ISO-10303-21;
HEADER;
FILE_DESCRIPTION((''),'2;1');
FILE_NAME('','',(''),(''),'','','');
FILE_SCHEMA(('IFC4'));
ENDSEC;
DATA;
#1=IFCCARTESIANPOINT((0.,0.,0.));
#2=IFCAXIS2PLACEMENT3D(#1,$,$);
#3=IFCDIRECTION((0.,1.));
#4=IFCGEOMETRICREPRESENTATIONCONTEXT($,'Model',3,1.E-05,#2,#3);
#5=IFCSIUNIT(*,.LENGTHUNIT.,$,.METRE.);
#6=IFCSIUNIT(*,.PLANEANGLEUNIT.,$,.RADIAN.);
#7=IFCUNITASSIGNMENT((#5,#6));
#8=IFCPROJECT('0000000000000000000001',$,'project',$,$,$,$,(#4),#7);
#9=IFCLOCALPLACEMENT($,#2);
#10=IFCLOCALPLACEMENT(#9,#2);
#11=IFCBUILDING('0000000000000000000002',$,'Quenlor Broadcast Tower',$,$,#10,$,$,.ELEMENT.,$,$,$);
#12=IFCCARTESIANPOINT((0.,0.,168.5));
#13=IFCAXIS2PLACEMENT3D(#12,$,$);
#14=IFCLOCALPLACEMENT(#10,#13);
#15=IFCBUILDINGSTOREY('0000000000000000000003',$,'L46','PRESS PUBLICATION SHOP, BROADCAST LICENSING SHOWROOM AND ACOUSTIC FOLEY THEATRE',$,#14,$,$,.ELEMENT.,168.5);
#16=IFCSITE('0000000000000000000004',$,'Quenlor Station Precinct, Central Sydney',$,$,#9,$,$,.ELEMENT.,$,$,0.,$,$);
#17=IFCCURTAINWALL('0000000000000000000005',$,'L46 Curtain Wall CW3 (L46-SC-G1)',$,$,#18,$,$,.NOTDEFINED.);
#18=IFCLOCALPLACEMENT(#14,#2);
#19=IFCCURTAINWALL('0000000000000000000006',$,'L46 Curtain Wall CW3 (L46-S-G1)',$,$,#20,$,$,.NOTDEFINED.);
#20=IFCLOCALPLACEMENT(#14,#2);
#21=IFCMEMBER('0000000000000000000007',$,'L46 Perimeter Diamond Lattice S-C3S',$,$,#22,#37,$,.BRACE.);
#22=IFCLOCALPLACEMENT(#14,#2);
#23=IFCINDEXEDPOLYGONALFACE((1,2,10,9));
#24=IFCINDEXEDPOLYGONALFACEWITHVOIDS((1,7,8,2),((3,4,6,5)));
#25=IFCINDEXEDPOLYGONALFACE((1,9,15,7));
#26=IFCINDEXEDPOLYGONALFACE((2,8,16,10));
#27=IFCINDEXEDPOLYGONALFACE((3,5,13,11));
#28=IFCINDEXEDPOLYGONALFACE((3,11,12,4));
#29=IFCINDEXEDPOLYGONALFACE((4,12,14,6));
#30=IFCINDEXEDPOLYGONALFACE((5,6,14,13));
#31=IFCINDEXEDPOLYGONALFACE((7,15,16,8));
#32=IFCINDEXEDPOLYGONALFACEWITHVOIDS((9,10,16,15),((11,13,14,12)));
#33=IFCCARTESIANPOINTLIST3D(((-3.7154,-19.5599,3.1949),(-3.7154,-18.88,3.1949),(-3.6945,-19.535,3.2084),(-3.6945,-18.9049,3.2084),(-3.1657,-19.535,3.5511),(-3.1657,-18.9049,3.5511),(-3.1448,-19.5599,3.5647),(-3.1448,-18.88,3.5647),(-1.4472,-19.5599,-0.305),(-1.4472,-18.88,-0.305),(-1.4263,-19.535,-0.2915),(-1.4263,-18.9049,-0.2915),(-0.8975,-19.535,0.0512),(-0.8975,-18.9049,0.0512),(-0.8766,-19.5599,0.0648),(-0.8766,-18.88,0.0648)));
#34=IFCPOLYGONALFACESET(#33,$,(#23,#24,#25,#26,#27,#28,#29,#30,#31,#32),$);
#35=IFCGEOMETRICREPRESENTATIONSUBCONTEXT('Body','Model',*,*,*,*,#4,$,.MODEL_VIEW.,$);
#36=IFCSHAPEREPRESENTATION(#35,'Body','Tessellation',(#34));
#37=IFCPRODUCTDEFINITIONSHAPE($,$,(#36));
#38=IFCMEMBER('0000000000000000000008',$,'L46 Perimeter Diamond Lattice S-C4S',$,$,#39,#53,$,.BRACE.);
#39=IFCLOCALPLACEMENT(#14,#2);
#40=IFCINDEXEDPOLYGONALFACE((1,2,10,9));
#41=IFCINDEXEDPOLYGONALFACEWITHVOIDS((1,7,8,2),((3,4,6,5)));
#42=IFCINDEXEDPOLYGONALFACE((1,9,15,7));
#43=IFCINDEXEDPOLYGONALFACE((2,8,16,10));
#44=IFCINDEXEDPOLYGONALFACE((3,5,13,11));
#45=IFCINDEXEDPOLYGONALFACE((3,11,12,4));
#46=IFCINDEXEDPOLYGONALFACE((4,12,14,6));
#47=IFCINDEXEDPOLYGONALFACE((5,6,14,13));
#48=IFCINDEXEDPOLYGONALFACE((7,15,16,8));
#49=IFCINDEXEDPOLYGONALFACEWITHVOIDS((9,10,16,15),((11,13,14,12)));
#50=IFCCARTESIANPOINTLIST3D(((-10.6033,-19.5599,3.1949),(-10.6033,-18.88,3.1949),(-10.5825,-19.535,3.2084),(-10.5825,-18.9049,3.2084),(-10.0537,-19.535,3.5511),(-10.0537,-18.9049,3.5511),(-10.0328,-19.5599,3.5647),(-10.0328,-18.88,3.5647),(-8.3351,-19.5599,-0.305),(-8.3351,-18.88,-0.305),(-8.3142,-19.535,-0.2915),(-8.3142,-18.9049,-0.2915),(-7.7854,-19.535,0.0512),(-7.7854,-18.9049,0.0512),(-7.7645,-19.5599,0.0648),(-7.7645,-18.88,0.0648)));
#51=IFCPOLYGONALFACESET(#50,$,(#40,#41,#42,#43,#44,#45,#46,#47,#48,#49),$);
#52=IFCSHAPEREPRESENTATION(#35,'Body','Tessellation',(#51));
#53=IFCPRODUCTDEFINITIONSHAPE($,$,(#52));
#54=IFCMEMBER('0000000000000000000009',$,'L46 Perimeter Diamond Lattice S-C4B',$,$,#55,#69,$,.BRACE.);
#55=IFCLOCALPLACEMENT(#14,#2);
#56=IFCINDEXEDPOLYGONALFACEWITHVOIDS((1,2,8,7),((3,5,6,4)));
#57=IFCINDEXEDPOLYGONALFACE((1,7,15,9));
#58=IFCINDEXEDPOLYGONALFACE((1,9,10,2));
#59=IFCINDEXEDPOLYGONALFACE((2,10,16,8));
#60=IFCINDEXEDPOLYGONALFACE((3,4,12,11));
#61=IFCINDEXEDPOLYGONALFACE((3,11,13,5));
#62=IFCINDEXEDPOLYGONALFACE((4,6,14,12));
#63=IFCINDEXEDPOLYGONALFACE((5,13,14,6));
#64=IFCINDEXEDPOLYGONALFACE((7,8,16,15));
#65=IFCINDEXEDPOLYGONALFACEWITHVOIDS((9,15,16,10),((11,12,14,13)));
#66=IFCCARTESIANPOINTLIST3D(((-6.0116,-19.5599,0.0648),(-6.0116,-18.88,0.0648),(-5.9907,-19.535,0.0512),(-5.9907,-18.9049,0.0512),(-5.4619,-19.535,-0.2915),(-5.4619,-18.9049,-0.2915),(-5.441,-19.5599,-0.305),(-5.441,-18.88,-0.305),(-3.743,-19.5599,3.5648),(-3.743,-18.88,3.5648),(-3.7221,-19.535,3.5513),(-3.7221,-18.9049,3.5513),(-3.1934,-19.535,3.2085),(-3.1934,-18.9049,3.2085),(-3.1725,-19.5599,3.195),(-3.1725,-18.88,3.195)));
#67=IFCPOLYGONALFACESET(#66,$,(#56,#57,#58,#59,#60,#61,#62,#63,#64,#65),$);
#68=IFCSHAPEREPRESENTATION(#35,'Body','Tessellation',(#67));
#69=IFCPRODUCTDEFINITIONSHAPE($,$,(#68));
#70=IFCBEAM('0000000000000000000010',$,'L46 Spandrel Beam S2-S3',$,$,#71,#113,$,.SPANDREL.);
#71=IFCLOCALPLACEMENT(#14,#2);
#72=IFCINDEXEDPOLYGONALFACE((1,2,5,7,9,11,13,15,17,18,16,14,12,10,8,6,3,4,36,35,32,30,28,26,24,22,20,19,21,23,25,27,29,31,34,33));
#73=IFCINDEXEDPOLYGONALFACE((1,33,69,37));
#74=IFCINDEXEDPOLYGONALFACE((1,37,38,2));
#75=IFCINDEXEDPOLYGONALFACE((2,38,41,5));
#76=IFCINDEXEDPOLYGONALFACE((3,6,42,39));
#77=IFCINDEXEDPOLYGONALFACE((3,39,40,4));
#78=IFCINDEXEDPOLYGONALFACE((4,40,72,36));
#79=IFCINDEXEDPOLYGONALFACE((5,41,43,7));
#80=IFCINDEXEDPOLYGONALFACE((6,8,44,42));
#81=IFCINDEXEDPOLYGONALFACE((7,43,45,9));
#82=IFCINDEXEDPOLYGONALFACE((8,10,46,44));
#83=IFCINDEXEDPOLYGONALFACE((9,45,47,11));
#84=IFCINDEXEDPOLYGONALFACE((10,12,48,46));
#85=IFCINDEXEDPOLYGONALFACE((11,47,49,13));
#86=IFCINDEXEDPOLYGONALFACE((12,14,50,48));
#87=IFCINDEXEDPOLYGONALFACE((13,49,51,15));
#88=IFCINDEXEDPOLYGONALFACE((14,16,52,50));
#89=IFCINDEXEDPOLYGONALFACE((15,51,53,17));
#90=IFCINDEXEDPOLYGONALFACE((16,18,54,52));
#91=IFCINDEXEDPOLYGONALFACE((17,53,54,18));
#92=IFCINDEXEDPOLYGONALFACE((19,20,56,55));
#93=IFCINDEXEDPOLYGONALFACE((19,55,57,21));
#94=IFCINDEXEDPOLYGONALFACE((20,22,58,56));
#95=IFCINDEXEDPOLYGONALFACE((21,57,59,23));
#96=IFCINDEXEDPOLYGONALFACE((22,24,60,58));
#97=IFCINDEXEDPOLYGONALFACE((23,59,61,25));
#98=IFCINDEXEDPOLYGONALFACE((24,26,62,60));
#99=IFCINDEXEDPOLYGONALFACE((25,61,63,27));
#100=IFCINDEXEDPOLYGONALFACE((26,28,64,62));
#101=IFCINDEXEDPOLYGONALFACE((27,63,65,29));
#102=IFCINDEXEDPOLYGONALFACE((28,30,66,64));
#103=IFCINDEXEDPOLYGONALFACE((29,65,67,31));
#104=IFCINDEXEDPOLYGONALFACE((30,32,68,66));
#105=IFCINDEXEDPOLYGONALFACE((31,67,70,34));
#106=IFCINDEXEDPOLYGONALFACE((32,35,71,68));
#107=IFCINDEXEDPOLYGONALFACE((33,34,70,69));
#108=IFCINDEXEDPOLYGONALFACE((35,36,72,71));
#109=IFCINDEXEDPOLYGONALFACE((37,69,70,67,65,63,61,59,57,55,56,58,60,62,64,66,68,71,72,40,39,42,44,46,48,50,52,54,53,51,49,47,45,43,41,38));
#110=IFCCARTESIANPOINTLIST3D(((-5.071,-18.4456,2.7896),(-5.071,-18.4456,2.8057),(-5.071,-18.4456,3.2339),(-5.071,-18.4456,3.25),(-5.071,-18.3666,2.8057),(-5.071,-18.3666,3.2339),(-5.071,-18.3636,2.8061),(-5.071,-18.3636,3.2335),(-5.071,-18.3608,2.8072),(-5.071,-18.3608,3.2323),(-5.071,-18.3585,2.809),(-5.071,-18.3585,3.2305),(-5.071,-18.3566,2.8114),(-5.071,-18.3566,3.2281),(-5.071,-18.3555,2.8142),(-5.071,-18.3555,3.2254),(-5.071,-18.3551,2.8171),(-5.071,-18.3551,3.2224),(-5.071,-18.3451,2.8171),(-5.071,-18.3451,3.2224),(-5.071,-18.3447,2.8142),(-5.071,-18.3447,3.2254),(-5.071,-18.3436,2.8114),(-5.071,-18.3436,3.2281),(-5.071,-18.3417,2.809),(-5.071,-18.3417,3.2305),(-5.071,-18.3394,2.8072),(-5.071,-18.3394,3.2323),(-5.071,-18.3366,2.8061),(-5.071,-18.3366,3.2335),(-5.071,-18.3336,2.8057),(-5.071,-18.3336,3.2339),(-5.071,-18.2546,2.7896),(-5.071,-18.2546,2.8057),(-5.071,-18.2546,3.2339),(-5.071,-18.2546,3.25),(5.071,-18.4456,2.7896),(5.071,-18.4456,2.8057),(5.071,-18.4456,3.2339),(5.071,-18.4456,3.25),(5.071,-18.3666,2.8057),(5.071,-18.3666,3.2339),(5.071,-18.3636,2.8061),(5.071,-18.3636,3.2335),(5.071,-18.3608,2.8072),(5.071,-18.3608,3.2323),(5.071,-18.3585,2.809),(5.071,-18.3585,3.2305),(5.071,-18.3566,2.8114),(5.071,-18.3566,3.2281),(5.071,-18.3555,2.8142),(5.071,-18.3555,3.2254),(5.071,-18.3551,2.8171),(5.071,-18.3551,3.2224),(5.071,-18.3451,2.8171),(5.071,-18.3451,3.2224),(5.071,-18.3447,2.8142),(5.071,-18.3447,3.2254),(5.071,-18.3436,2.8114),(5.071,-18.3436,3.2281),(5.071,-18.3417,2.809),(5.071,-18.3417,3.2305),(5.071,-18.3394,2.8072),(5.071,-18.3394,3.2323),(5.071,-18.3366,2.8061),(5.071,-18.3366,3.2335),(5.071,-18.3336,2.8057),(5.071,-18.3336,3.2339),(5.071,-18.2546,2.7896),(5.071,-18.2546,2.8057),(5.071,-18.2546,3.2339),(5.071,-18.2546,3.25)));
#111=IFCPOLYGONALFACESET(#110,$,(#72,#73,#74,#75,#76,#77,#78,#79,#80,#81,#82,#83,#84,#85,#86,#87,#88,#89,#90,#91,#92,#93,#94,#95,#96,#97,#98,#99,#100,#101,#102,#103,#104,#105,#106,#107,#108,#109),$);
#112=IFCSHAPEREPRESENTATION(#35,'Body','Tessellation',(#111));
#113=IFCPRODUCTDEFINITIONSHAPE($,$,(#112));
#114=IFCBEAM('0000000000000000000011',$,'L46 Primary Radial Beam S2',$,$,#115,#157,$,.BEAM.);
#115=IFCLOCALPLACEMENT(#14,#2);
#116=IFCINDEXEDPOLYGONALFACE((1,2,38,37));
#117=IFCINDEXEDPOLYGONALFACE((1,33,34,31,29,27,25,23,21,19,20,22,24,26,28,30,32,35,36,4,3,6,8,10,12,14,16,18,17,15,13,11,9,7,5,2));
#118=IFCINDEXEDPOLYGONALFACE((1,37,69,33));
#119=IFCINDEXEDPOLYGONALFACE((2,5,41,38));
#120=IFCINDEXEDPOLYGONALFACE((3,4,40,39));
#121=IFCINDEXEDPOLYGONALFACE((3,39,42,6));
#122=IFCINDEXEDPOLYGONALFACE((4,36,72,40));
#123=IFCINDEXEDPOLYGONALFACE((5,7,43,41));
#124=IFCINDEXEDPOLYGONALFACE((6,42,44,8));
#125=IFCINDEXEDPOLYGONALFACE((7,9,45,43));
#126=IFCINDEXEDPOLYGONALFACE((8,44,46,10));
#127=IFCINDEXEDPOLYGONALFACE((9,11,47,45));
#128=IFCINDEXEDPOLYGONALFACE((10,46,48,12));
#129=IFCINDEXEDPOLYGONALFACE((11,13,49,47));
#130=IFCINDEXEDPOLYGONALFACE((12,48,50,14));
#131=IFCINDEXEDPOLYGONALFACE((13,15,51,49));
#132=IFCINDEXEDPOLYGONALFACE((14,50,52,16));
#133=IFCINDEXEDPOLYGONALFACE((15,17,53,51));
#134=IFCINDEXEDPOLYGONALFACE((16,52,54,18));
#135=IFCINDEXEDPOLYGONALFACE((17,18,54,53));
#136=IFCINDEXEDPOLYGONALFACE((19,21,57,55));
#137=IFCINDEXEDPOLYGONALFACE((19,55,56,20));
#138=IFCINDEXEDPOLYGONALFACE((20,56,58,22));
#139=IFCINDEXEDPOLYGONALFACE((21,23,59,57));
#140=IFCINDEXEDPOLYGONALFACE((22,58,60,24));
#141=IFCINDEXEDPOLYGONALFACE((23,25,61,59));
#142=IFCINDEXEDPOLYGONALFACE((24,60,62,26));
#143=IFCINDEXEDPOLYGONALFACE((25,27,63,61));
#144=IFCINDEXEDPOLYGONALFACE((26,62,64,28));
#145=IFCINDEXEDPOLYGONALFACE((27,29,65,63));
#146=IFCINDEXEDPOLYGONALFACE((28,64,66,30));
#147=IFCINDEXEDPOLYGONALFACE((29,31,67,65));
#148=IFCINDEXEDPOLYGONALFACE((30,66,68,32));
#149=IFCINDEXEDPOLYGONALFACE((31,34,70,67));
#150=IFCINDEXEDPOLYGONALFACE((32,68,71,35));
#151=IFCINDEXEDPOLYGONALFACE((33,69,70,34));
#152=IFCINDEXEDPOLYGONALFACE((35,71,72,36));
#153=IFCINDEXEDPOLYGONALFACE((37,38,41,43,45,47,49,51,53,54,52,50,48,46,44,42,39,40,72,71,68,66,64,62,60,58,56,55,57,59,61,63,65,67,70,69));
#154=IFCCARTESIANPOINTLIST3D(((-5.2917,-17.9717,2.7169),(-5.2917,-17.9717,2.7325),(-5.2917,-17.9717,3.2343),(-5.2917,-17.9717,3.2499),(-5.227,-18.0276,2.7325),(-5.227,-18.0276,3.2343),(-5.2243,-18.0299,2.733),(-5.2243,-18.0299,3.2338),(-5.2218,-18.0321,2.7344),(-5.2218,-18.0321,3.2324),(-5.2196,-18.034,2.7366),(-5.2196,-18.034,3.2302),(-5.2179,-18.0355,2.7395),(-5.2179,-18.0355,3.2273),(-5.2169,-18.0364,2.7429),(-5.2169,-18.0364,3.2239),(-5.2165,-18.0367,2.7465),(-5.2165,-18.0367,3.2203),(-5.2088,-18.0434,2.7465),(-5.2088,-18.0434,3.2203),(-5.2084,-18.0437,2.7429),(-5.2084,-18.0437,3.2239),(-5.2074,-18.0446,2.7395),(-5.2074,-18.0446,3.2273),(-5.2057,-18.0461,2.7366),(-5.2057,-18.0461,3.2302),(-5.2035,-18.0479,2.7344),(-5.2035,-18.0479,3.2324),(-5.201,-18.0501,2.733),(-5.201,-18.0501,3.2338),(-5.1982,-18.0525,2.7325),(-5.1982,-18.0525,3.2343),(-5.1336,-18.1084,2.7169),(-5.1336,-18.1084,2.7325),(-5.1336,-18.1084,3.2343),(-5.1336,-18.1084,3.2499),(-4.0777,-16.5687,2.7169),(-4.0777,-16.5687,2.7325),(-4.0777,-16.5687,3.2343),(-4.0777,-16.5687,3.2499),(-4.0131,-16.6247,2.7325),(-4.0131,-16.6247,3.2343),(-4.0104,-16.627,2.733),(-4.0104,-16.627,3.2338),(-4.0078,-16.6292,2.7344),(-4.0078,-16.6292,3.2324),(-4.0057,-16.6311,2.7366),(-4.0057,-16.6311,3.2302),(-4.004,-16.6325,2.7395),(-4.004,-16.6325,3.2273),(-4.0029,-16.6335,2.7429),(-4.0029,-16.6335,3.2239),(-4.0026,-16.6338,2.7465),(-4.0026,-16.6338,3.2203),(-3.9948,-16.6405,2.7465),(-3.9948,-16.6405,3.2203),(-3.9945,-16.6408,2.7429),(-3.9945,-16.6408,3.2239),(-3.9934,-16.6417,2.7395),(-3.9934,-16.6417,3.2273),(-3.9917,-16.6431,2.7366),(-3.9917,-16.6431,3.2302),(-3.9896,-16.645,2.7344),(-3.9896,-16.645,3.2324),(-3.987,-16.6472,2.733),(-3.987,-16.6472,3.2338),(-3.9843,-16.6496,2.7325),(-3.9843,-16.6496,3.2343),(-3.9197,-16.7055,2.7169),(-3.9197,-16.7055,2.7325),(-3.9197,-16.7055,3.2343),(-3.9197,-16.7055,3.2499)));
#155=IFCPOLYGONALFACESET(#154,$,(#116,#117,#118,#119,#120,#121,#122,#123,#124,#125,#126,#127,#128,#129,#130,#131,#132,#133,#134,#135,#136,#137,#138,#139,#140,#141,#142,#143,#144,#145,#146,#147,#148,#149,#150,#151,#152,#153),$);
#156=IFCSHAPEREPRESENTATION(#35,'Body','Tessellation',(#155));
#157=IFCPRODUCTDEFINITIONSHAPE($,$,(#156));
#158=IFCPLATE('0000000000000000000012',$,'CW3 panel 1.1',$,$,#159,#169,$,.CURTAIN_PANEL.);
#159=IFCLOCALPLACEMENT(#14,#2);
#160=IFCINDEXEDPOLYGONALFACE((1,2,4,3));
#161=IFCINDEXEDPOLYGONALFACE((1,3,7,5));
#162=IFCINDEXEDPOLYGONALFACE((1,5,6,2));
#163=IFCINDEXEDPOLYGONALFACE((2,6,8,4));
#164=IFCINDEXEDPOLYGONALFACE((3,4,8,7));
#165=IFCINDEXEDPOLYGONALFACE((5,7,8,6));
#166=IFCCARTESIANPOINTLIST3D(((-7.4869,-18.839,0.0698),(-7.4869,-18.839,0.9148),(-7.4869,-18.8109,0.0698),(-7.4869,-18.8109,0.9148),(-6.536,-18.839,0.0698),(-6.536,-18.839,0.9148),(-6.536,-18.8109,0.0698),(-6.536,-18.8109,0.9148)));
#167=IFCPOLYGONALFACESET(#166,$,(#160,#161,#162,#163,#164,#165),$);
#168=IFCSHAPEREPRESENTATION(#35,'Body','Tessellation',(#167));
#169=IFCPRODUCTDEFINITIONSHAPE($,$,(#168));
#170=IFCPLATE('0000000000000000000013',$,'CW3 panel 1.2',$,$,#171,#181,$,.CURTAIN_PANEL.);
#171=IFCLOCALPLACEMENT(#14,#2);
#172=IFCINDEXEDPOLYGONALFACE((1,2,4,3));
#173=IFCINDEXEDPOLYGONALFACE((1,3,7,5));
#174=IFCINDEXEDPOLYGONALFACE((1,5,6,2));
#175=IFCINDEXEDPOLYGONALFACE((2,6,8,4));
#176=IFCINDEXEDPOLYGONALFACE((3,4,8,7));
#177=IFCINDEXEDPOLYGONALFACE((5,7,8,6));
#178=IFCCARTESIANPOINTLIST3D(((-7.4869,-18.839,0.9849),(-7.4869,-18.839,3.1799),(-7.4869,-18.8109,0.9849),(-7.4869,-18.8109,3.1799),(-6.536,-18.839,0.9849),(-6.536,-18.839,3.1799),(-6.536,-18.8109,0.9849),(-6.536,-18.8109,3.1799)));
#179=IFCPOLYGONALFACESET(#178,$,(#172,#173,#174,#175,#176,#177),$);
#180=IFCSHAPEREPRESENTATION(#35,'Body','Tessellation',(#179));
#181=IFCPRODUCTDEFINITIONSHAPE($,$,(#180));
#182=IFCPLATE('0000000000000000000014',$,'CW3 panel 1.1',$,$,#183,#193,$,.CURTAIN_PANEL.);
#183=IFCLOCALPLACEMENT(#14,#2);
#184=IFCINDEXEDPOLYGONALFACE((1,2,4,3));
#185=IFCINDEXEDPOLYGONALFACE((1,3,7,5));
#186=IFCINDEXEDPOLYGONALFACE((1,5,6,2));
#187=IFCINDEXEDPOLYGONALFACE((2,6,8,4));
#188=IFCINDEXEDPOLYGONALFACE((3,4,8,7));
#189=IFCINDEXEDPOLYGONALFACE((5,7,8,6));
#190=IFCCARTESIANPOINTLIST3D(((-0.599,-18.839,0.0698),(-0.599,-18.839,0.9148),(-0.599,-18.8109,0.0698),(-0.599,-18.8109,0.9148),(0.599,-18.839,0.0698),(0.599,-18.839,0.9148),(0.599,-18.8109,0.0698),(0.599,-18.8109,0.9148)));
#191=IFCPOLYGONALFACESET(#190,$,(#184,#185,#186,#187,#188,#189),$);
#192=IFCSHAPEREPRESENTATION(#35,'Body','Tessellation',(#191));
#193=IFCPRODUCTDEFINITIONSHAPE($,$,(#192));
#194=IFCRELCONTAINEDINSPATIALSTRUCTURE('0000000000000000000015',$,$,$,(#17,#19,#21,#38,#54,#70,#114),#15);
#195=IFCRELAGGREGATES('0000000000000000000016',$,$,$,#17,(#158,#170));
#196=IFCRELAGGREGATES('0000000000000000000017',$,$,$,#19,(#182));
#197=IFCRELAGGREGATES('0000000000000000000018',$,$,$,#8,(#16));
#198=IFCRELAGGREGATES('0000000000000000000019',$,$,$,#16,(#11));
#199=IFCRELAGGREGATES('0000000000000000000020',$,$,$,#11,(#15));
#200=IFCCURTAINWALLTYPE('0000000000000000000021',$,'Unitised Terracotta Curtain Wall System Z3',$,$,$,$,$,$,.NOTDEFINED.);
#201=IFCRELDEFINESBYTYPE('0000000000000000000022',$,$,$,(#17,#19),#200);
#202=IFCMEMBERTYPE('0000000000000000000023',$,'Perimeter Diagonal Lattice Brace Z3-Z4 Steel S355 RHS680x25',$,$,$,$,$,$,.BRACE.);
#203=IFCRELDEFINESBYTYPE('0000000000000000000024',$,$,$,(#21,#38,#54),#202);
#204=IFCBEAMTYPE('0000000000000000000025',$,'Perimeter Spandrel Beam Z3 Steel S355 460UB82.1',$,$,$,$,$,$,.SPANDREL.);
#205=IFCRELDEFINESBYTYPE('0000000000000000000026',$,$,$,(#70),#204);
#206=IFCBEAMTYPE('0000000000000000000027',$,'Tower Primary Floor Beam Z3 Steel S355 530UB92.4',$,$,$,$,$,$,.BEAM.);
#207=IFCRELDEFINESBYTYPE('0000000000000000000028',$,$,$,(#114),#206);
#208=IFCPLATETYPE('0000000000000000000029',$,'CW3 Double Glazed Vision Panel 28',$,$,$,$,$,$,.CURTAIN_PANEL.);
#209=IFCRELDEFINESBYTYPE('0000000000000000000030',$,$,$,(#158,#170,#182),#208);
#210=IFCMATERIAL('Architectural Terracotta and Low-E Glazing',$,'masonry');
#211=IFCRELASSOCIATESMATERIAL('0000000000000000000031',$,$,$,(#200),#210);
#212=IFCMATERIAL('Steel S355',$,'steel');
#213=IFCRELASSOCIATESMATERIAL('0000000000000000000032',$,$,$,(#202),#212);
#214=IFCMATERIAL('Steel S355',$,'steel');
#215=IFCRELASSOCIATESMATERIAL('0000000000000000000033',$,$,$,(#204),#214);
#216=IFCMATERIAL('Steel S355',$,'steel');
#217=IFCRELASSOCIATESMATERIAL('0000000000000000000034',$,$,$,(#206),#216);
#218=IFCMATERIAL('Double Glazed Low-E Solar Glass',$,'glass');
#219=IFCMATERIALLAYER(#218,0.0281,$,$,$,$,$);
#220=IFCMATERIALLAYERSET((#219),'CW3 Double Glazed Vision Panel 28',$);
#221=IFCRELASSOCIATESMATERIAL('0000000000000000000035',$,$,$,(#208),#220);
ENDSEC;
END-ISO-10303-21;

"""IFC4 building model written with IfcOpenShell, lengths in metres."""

from ifc_helpers import new_model, si_unit, direction, frame, origin, origin_2d, place, context, subcontext, project, spatial, rectangle, hollow_rectangle, i_section, extrude, material, layer, layer_set, material_profile, profile_set, type_object, element, aggregate, save


model = new_model("IFC4")

# Units and contexts
model_context = context("Model", 3, precision=1e-05, world=origin(), true_north=direction((0.0, 1.0)))
body_context = subcontext(model_context, "Body", "Model", "MODEL_VIEW")
ifc_project = project(units=[si_unit("LENGTHUNIT", "METRE"), si_unit("PLANEANGLEUNIT", "RADIAN")], contexts=[model_context])

# Site, building, storey
site_placement = place(None, origin())
site = spatial("IfcSite", under=ifc_project, at=site_placement, Name="Quenlor Station Precinct, Central Sydney", CompositionType="ELEMENT", RefElevation=0.0)
building_placement = place(site_placement, origin())
building = spatial("IfcBuilding", under=site, at=building_placement, Name="Quenlor Broadcast Tower", CompositionType="ELEMENT")
storey_placement = place(building_placement, frame((0.0, 0.0, 168.5)))
storey = spatial("IfcBuildingStorey", under=building, at=storey_placement, Name="L46", Description="PRESS PUBLICATION SHOP, BROADCAST LICENSING SHOWROOM AND ACOUSTIC FOLEY THEATRE", CompositionType="ELEMENT", Elevation=168.5)

# Curtain wall
ifc_material_1 = material(Name="Architectural Terracotta and Low-E Glazing", Category="masonry")
curtain_wall_type = type_object("IfcCurtainWallType", Name="Unitised Terracotta Curtain Wall System Z3", PredefinedType="NOTDEFINED", material=ifc_material_1)
curtain_wall_1_placement = place(storey_placement, origin())
curtain_wall_1 = element("IfcCurtainWall", 1, at=curtain_wall_1_placement, inside=storey, type_object=curtain_wall_type, Name="L46 Curtain Wall CW3 (L46-SC-G1)", PredefinedType="NOTDEFINED")

# Curtain wall
curtain_wall_2_placement = place(storey_placement, origin())
curtain_wall_2 = element("IfcCurtainWall", 2, at=curtain_wall_2_placement, inside=storey, type_object=curtain_wall_type, Name="L46 Curtain Wall CW3 (L46-S-G1)", PredefinedType="NOTDEFINED")

# Members
ifc_material_2 = material(Name="Steel S355", Category="steel")
ifc_material_profile_1 = material_profile(ifc_material_2, hollow_rectangle(XDim=0.6799, YDim=0.6799, WallThickness=0.0249, at=origin_2d()))
ifc_profile_set_1 = profile_set([ifc_material_profile_1], Name="Steel S355 RHS680x680x25")
member_type_1 = type_object("IfcMemberType", Name="Perimeter Diagonal Lattice Brace Z3-Z4 Steel S355 RHS680x25", PredefinedType="BRACE", material=ifc_profile_set_1)
for number, where, z_axis, x_axis, name in (
    (3, (-1.1619, -19.22, -0.1201), (-0.54386, 0.0, 0.839176), (0.0, -1.0, 0.0), "L46 Perimeter Diamond Lattice S-C3S"),
    (4, (-8.0498, -19.22, -0.1201), (-0.54386, 0.0, 0.839176), (0.0, -1.0, 0.0), "L46 Perimeter Diamond Lattice S-C4S"),
):
    element("IfcMember", number, at=place(storey_placement, frame(where, z_axis=z_axis, x_axis=x_axis)), inside=storey, type_object=member_type_1, Name=name, PredefinedType="BRACE", context=body_context, shape_type="SweptSolid", body=[
        extrude(hollow_rectangle(XDim=0.6799, YDim=0.6799, WallThickness=0.0249, at=origin_2d()), origin(), (0.0, 0.0, 1.0), 4.1707),
    ])
member_1_placement = place(storey_placement, frame((-5.7263, -19.22, -0.1201), z_axis=(0.543902, 0.0, 0.839149), x_axis=(0.0, 1.0, 0.0)))
element("IfcMember", 5, at=member_1_placement, inside=storey, type_object=member_type_1, Name="L46 Perimeter Diamond Lattice S-C4B", PredefinedType="BRACE", context=body_context, shape_type="SweptSolid", body=[
    extrude(hollow_rectangle(XDim=0.6799, YDim=0.6799, WallThickness=0.0249, at=origin_2d()), origin(), (0.0, 0.0, 1.0), 4.1709),
])

# Beams
ifc_material_3 = material(Name="Steel S355", Category="steel")
ifc_material_profile_2 = material_profile(ifc_material_3, i_section(OverallWidth=0.1909, OverallDepth=0.4604, WebThickness=0.01, FlangeThickness=0.0161, FilletRadius=0.0115, at=origin_2d()))
ifc_profile_set_2 = profile_set([ifc_material_profile_2], Name="Steel S355 460UB82.1")
beam_type_1 = type_object("IfcBeamType", Name="Perimeter Spandrel Beam Z3 Steel S355 460UB82.1", PredefinedType="SPANDREL", material=ifc_profile_set_2)
beam_1_placement = place(storey_placement, frame((-5.071, -18.3501, 3.0198), z_axis=(1.0, 0.0, 0.0), x_axis=(0.0, 1.0, 0.0)))
element("IfcBeam", 6, at=beam_1_placement, inside=storey, type_object=beam_type_1, Name="L46 Spandrel Beam S2-S3", PredefinedType="SPANDREL", context=body_context, shape_type="SweptSolid", body=[
    extrude(i_section(OverallWidth=0.1909, OverallDepth=0.4604, WebThickness=0.01, FlangeThickness=0.0161, FilletRadius=0.0115, at=origin_2d()), origin(), (0.0, 0.0, 1.0), 10.1421),
])
ifc_material_4 = material(Name="Steel S355", Category="steel")
ifc_material_profile_3 = material_profile(ifc_material_4, i_section(OverallWidth=0.209, OverallDepth=0.533, WebThickness=0.0103, FlangeThickness=0.0156, FilletRadius=0.0139, at=origin_2d()))
ifc_profile_set_3 = profile_set([ifc_material_profile_3], Name="Steel S355 530UB92.4")
beam_type_2 = type_object("IfcBeamType", Name="Tower Primary Floor Beam Z3 Steel S355 530UB92.4", PredefinedType="BEAM", material=ifc_profile_set_3)
beam_2_placement = place(storey_placement, frame((-5.2126, -18.04, 2.9834), z_axis=(0.654339, 0.756201, 0.0), x_axis=(-0.756201, 0.654339, 0.0)))
element("IfcBeam", 7, at=beam_2_placement, inside=storey, type_object=beam_type_2, Name="L46 Primary Radial Beam S2", PredefinedType="BEAM", context=body_context, shape_type="SweptSolid", body=[
    extrude(i_section(OverallWidth=0.209, OverallDepth=0.533, WebThickness=0.0103, FlangeThickness=0.0156, FilletRadius=0.0139, at=origin_2d()), origin(), (0.0, 0.0, 1.0), 1.8552),
])

# Plates
ifc_material_5 = material(Name="Double Glazed Low-E Solar Glass", Category="glass")
ifc_layer_1 = layer(ifc_material_5, 0.0281)
ifc_layer_set_1 = layer_set([ifc_layer_1], Name="CW3 Double Glazed Vision Panel 28")
plate_type_1 = type_object("IfcPlateType", Name="CW3 Double Glazed Vision Panel 28", PredefinedType="CURTAIN_PANEL", material=ifc_layer_set_1)
plate_1_placement = place(storey_placement, frame((-7.0115, -18.825, 0.0698), z_axis=(0.0, 0.0, 1.0), x_axis=(-1.0, 0.0, 0.0)))
plate_1 = element("IfcPlate", 8, at=plate_1_placement, type_object=plate_type_1, Name="CW3 panel 1.1", PredefinedType="CURTAIN_PANEL", context=body_context, shape_type="SweptSolid", body=[
    extrude(rectangle(XDim=0.9509, YDim=0.0281, at=origin_2d()), origin(), (0.0, 0.0, 1.0), 0.845),
])
plate_2_placement = place(storey_placement, frame((-7.0115, -18.825, 0.9849), z_axis=(0.0, 0.0, 1.0), x_axis=(-1.0, 0.0, 0.0)))
plate_2 = element("IfcPlate", 9, at=plate_2_placement, type_object=plate_type_1, Name="CW3 panel 1.2", PredefinedType="CURTAIN_PANEL", context=body_context, shape_type="SweptSolid", body=[
    extrude(rectangle(XDim=0.9509, YDim=0.0281, at=origin_2d()), origin(), (0.0, 0.0, 1.0), 2.1951),
])
aggregate(curtain_wall_1, [plate_1, plate_2])
plate_3_placement = place(storey_placement, frame((0.0, -18.825, 0.0698), z_axis=(0.0, 0.0, 1.0), x_axis=(-1.0, 0.0, 0.0)))
plate_3 = element("IfcPlate", 10, at=plate_3_placement, type_object=plate_type_1, Name="CW3 panel 1.1", PredefinedType="CURTAIN_PANEL", context=body_context, shape_type="SweptSolid", body=[
    extrude(rectangle(XDim=1.198, YDim=0.0281, at=origin_2d()), origin(), (0.0, 0.0, 1.0), 0.845),
])
aggregate(curtain_wall_2, [plate_3])

save(model, "model.ifc")
